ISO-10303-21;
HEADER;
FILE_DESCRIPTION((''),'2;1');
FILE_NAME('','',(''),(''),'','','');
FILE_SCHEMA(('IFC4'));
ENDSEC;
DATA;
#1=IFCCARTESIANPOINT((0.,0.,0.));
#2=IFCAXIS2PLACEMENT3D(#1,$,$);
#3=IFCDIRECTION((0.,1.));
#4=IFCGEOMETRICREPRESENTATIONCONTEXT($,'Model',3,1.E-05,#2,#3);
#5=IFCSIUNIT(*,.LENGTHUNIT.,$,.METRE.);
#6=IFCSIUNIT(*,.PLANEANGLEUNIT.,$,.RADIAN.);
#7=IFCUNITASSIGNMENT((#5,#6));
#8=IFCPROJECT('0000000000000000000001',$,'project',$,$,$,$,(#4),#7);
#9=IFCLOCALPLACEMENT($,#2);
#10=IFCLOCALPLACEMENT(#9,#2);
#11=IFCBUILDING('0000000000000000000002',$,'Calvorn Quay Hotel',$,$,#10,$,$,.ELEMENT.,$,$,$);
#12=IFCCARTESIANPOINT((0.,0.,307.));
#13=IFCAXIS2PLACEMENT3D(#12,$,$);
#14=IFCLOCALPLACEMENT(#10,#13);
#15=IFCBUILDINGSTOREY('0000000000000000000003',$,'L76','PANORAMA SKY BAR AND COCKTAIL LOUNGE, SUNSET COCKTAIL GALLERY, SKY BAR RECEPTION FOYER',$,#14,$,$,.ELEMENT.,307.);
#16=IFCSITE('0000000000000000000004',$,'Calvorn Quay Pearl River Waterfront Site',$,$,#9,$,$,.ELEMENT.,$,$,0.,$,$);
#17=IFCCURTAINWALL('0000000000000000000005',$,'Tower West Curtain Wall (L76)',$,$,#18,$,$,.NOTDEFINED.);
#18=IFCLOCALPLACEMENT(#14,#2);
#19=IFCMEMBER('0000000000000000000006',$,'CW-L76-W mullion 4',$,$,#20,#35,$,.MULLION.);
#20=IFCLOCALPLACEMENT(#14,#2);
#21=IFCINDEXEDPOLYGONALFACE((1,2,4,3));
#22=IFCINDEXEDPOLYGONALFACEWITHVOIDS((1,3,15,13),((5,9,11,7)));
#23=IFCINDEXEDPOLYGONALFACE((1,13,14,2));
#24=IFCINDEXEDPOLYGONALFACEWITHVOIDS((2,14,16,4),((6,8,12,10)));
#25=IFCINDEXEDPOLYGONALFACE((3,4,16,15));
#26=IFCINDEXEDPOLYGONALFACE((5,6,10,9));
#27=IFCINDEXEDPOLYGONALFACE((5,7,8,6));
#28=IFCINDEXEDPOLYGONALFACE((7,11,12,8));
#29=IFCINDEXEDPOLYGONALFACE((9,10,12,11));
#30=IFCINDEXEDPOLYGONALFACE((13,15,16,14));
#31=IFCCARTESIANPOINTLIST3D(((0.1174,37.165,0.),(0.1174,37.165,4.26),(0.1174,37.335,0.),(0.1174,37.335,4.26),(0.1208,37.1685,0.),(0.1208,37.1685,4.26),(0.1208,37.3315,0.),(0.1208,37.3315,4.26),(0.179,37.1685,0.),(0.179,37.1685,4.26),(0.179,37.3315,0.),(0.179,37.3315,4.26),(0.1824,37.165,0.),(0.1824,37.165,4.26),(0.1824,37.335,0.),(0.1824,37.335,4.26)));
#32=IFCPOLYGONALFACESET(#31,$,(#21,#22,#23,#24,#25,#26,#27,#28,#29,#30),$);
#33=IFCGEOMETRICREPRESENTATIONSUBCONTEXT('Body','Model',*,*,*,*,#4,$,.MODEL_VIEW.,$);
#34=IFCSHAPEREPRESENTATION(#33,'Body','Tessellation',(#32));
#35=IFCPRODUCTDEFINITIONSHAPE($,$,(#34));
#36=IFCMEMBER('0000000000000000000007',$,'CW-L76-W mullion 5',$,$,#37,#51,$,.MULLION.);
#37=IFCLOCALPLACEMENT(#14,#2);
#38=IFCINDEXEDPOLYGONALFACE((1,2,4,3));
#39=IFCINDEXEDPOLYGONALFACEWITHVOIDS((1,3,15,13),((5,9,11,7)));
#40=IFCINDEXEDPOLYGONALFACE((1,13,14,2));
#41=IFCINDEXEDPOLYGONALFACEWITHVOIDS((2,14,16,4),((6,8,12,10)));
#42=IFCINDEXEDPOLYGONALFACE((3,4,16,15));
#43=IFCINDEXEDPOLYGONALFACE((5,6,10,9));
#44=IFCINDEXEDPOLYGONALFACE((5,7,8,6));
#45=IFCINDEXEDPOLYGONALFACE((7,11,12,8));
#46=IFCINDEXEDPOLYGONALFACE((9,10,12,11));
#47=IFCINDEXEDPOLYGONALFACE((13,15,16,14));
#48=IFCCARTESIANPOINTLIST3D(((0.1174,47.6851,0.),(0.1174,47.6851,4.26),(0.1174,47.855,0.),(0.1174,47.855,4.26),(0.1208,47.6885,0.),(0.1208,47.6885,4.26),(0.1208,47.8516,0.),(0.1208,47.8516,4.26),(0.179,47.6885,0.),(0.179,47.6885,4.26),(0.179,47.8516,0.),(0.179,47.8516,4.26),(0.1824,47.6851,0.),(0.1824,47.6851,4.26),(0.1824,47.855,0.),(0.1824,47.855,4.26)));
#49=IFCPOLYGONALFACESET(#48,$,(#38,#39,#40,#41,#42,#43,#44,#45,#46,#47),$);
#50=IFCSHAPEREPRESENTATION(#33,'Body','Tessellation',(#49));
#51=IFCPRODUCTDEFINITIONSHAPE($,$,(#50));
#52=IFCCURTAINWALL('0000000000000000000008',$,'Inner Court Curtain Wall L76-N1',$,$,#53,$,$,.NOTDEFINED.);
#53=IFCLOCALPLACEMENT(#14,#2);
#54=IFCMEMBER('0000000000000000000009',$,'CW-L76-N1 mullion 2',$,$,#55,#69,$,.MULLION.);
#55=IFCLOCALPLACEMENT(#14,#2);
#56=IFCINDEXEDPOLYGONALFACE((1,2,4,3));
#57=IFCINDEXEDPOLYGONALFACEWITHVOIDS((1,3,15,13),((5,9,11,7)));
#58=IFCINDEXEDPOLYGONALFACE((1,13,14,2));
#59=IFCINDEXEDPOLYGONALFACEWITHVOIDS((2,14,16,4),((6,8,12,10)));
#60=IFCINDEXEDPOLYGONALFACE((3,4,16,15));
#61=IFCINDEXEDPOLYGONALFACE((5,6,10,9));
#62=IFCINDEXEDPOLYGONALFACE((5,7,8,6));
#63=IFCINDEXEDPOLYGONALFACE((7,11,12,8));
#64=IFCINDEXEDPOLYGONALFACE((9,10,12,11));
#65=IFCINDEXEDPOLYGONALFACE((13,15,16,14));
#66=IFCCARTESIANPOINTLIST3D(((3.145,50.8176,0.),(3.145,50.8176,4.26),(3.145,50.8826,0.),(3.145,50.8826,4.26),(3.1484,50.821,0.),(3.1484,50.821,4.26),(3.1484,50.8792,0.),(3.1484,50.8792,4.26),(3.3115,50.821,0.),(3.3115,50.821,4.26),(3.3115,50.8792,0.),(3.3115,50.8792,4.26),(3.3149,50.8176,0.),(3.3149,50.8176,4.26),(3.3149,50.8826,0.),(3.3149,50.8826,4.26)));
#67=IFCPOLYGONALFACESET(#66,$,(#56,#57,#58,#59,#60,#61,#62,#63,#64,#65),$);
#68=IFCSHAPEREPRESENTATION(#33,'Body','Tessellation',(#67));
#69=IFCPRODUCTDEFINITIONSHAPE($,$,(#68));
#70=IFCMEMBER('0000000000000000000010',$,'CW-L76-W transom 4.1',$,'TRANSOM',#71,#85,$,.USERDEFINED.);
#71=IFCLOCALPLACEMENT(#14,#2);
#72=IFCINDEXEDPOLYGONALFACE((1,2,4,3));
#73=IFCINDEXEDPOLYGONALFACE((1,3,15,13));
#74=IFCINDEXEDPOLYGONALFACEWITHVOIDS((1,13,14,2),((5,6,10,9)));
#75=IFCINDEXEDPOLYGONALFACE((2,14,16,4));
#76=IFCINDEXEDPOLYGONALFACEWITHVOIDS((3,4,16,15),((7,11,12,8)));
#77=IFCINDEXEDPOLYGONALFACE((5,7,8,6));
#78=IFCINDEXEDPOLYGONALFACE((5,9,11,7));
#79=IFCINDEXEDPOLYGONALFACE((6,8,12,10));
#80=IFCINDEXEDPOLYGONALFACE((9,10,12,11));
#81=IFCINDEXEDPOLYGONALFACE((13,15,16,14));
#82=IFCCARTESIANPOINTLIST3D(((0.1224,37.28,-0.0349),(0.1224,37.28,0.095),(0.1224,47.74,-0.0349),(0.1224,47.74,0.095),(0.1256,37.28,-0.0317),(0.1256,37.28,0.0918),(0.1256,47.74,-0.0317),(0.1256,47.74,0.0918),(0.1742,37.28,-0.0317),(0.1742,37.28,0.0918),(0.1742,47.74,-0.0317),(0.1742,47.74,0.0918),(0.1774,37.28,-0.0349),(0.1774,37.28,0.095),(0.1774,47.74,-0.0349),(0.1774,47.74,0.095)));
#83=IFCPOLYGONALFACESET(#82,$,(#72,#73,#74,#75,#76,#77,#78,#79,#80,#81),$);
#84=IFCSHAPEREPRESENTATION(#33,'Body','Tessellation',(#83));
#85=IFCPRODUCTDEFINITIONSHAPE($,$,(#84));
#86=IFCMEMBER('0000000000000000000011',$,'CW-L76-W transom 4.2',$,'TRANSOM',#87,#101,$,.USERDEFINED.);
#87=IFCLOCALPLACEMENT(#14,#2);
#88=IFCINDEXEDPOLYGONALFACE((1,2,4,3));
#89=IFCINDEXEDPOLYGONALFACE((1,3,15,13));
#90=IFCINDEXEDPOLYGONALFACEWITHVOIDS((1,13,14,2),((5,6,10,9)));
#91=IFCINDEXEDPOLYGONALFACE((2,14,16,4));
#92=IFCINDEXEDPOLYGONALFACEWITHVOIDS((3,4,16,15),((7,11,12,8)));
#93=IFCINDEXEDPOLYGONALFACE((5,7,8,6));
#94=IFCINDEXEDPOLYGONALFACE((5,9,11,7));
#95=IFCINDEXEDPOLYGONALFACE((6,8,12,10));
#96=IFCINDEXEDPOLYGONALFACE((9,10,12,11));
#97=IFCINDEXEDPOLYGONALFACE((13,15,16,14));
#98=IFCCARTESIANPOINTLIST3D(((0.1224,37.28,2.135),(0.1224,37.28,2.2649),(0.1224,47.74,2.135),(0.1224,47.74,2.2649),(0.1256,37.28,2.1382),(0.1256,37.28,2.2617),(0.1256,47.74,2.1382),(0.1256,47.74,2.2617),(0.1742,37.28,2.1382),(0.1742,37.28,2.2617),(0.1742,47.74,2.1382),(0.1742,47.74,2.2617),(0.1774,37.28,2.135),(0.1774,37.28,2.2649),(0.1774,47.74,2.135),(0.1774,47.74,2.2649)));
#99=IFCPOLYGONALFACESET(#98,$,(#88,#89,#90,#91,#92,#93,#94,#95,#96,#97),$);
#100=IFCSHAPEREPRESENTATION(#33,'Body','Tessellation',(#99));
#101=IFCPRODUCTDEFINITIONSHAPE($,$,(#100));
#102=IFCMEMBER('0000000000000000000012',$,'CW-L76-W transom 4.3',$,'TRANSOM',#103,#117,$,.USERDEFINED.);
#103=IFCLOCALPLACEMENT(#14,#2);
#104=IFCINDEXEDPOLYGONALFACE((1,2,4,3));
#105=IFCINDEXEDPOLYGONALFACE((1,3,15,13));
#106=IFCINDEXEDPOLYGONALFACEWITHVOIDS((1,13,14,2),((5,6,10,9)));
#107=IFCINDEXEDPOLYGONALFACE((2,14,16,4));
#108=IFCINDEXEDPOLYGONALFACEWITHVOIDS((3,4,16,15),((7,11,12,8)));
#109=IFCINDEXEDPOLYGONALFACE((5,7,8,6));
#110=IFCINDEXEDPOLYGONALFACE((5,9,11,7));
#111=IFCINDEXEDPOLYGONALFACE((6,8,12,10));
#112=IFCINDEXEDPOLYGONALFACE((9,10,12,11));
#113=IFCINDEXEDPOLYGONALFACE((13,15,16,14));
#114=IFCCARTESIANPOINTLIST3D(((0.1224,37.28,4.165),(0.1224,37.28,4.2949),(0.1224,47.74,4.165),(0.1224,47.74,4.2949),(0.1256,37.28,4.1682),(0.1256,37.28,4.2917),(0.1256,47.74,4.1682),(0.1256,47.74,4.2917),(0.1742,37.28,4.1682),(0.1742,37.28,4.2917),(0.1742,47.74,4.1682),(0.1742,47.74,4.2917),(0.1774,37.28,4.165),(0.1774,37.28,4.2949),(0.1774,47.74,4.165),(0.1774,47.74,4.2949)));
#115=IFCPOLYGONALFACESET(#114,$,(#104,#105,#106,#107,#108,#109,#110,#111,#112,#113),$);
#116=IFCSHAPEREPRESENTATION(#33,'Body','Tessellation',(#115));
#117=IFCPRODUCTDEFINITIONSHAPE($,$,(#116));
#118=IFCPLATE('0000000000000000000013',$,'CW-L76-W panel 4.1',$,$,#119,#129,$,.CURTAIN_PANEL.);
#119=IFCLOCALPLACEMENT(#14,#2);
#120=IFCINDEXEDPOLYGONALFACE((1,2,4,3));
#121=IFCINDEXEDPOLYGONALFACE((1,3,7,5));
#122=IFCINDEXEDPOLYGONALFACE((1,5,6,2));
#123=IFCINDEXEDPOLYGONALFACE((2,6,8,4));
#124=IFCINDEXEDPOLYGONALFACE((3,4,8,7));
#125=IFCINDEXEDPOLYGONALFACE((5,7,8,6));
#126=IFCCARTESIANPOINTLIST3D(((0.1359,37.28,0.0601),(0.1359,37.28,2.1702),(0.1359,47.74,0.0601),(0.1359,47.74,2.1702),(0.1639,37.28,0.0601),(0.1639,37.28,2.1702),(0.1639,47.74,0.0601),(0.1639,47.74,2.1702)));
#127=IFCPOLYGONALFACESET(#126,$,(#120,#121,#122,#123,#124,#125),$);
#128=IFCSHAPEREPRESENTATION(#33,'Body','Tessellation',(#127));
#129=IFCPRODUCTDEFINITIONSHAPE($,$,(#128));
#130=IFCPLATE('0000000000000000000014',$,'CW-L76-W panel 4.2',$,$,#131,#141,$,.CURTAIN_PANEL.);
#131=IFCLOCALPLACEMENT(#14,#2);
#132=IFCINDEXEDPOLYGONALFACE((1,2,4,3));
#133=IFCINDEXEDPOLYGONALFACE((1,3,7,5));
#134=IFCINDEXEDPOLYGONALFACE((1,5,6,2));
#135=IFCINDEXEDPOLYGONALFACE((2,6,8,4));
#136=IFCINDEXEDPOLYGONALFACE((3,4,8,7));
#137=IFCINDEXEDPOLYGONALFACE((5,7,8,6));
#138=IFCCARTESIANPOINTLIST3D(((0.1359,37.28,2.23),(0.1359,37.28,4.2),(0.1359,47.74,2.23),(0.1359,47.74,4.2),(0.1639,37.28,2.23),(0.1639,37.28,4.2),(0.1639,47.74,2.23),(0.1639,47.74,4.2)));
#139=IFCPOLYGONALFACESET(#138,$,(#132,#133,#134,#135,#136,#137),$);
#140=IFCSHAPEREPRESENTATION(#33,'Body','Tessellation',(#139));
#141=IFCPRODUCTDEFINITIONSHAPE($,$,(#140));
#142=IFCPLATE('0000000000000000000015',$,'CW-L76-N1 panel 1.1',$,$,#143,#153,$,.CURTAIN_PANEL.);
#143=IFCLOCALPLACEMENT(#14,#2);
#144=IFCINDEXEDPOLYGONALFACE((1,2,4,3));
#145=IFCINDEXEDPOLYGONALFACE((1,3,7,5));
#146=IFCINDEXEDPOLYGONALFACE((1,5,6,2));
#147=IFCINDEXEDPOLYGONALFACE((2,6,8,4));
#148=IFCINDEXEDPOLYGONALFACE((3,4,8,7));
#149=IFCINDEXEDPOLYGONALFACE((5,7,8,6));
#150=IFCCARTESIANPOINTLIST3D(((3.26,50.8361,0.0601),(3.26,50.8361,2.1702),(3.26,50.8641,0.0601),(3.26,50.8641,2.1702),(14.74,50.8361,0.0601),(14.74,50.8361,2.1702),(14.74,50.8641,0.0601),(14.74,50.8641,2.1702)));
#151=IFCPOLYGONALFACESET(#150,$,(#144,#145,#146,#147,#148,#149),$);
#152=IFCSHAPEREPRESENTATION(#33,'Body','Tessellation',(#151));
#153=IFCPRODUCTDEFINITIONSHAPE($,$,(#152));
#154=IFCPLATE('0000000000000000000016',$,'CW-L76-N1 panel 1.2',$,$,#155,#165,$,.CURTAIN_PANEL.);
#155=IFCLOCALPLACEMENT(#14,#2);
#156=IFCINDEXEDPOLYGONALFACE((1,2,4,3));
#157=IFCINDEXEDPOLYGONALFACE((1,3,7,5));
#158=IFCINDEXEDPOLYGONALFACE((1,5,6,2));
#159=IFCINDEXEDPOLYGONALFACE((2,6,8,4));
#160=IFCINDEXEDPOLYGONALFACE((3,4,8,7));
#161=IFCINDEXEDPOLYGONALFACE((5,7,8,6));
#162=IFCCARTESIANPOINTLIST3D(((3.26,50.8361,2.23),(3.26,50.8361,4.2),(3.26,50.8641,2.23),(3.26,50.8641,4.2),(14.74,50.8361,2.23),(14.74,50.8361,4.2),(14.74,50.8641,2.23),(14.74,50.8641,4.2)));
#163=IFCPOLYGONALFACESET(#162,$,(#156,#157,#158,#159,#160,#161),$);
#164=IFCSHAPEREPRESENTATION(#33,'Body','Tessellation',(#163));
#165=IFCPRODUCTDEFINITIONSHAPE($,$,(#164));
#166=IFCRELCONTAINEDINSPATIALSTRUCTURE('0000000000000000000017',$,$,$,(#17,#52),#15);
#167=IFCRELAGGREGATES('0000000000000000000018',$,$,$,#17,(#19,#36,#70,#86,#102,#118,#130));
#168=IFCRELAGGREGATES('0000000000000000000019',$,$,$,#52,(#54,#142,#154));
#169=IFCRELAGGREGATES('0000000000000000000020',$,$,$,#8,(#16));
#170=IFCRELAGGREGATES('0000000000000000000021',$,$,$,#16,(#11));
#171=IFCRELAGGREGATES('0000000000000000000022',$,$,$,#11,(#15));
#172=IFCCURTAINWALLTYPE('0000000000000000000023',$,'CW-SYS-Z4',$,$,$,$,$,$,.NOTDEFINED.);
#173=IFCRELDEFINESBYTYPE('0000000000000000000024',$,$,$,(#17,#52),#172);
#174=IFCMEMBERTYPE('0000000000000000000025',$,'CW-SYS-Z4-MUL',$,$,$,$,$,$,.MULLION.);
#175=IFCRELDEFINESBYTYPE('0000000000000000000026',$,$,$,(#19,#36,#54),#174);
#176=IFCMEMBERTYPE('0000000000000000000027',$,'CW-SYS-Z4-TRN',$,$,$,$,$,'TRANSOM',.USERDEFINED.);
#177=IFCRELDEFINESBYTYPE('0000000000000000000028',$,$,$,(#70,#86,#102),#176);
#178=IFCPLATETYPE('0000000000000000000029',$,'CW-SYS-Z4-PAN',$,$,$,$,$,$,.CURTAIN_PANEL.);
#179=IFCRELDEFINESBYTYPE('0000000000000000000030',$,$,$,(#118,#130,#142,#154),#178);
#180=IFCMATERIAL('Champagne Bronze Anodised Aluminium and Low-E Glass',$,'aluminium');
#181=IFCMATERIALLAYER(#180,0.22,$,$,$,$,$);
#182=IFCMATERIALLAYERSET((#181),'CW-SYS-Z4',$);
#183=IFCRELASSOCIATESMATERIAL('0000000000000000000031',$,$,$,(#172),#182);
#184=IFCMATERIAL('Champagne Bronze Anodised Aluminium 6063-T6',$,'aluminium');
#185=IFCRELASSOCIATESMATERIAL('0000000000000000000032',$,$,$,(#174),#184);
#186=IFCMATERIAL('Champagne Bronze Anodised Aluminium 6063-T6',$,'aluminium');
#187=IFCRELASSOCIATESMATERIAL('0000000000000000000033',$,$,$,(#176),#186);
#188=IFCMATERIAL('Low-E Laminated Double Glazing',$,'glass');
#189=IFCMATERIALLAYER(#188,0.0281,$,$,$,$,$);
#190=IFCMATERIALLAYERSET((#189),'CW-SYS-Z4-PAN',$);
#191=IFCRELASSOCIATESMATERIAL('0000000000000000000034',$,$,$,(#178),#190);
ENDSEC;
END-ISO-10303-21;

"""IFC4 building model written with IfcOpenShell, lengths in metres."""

from ifc_helpers import new_model, si_unit, direction, frame, origin, origin_2d, place, context, subcontext, project, spatial, rectangle, hollow_rectangle, extrude, material, layer, layer_set, material_profile, profile_set, type_object, element, aggregate, save


model = new_model("IFC4")

# Units and contexts
model_context = context("Model", 3, precision=1e-05, world=origin(), true_north=direction((0.0, 1.0)))
body_context = subcontext(model_context, "Body", "Model", "MODEL_VIEW")
ifc_project = project(units=[si_unit("LENGTHUNIT", "METRE"), si_unit("PLANEANGLEUNIT", "RADIAN")], contexts=[model_context])

# Site, building, storey
site_placement = place(None, origin())
site = spatial("IfcSite", under=ifc_project, at=site_placement, Name="Calvorn Quay Pearl River Waterfront Site", CompositionType="ELEMENT", RefElevation=0.0)
building_placement = place(site_placement, origin())
building = spatial("IfcBuilding", under=site, at=building_placement, Name="Calvorn Quay Hotel", CompositionType="ELEMENT")
storey_placement = place(building_placement, frame((0.0, 0.0, 307.0)))
storey = spatial("IfcBuildingStorey", under=building, at=storey_placement, Name="L76", Description="PANORAMA SKY BAR AND COCKTAIL LOUNGE, SUNSET COCKTAIL GALLERY, SKY BAR RECEPTION FOYER", CompositionType="ELEMENT", Elevation=307.0)

# Curtain wall, members
ifc_material_1 = material(Name="Champagne Bronze Anodised Aluminium and Low-E Glass", Category="aluminium")
ifc_layer_1 = layer(ifc_material_1, 0.22)
ifc_layer_set_1 = layer_set([ifc_layer_1], Name="CW-SYS-Z4")
curtain_wall_type = type_object("IfcCurtainWallType", Name="CW-SYS-Z4", PredefinedType="NOTDEFINED", material=ifc_layer_set_1)
curtain_wall_1_placement = place(storey_placement, origin())
curtain_wall_1 = element("IfcCurtainWall", 1, at=curtain_wall_1_placement, inside=storey, type_object=curtain_wall_type, Name="Tower West Curtain Wall (L76)", PredefinedType="NOTDEFINED")
ifc_material_2 = material(Name="Champagne Bronze Anodised Aluminium 6063-T6", Category="aluminium")
ifc_material_profile_1 = material_profile(ifc_material_2, hollow_rectangle(XDim=0.0649, YDim=0.1699, WallThickness=0.0034, at=origin_2d()), Name="ALU-M170x65x3.5")
ifc_profile_set_1 = profile_set([ifc_material_profile_1], Name="Champagne Bronze Anodised Aluminium 6063-T6")
member_type_1 = type_object("IfcMemberType", Name="CW-SYS-Z4-MUL", PredefinedType="MULLION", material=ifc_profile_set_1)
member_1_placement = place(storey_placement, frame((0.1499, 37.25, 0.0), z_axis=(0.0, 0.0, 1.0), x_axis=(-1.0, 0.0, 0.0)))
member_1 = element("IfcMember", 2, at=member_1_placement, type_object=member_type_1, Name="CW-L76-W mullion 4", PredefinedType="MULLION", context=body_context, shape_type="SweptSolid", body=[
    extrude(hollow_rectangle(XDim=0.0649, YDim=0.1699, WallThickness=0.0034, at=origin_2d()), origin(), (0.0, 0.0, 1.0), 4.26),
])
member_2_placement = place(storey_placement, frame((0.1499, 47.77, 0.0), z_axis=(0.0, 0.0, 1.0), x_axis=(-1.0, 0.0, 0.0)))
member_2 = element("IfcMember", 3, at=member_2_placement, type_object=member_type_1, Name="CW-L76-W mullion 5", PredefinedType="MULLION", context=body_context, shape_type="SweptSolid", body=[
    extrude(hollow_rectangle(XDim=0.0649, YDim=0.1699, WallThickness=0.0034, at=origin_2d()), origin(), (0.0, 0.0, 1.0), 4.26),
])

# Curtain wall, member
curtain_wall_2_placement = place(storey_placement, origin())
curtain_wall_2 = element("IfcCurtainWall", 4, at=curtain_wall_2_placement, inside=storey, type_object=curtain_wall_type, Name="Inner Court Curtain Wall L76-N1", PredefinedType="NOTDEFINED")
member_3_placement = place(storey_placement, frame((3.23, 50.8501, 0.0), z_axis=(0.0, 0.0, 1.0), x_axis=(0.0, -1.0, 0.0)))
member_3 = element("IfcMember", 5, at=member_3_placement, type_object=member_type_1, Name="CW-L76-N1 mullion 2", PredefinedType="MULLION", context=body_context, shape_type="SweptSolid", body=[
    extrude(hollow_rectangle(XDim=0.0649, YDim=0.1699, WallThickness=0.0034, at=origin_2d()), origin(), (0.0, 0.0, 1.0), 4.26),
])

# Members
ifc_material_3 = material(Name="Champagne Bronze Anodised Aluminium 6063-T6", Category="aluminium")
ifc_material_profile_2 = material_profile(ifc_material_3, hollow_rectangle(XDim=0.0549, YDim=0.1299, WallThickness=0.0032, at=origin_2d()), Name="ALU-T130x55x3.2")
ifc_profile_set_2 = profile_set([ifc_material_profile_2], Name="Champagne Bronze Anodised Aluminium 6063-T6")
member_type_2 = type_object("IfcMemberType", Name="CW-SYS-Z4-TRN", ElementType="TRANSOM", PredefinedType="USERDEFINED", material=ifc_profile_set_2)
member_4_placement = place(storey_placement, frame((0.1499, 37.28, 0.03), z_axis=(0.0, 1.0, 0.0), x_axis=(-1.0, 0.0, 0.0)))
member_4 = element("IfcMember", 6, at=member_4_placement, type_object=member_type_2, Name="CW-L76-W transom 4.1", ObjectType="TRANSOM", PredefinedType="USERDEFINED", context=body_context, shape_type="SweptSolid", body=[
    extrude(hollow_rectangle(XDim=0.0549, YDim=0.1299, WallThickness=0.0032, at=origin_2d()), origin(), (0.0, 0.0, 1.0), 10.46),
])
member_5_placement = place(storey_placement, frame((0.1499, 37.28, 2.2), z_axis=(0.0, 1.0, 0.0), x_axis=(-1.0, 0.0, 0.0)))
member_5 = element("IfcMember", 7, at=member_5_placement, type_object=member_type_2, Name="CW-L76-W transom 4.2", ObjectType="TRANSOM", PredefinedType="USERDEFINED", context=body_context, shape_type="SweptSolid", body=[
    extrude(hollow_rectangle(XDim=0.0549, YDim=0.1299, WallThickness=0.0032, at=origin_2d()), origin(), (0.0, 0.0, 1.0), 10.46),
])
member_6_placement = place(storey_placement, frame((0.1499, 37.28, 4.23), z_axis=(0.0, 1.0, 0.0), x_axis=(-1.0, 0.0, 0.0)))
member_6 = element("IfcMember", 8, at=member_6_placement, type_object=member_type_2, Name="CW-L76-W transom 4.3", ObjectType="TRANSOM", PredefinedType="USERDEFINED", context=body_context, shape_type="SweptSolid", body=[
    extrude(hollow_rectangle(XDim=0.0549, YDim=0.1299, WallThickness=0.0032, at=origin_2d()), origin(), (0.0, 0.0, 1.0), 10.46),
])

# Plates
ifc_material_4 = material(Name="Low-E Laminated Double Glazing", Category="glass")
ifc_layer_2 = layer(ifc_material_4, 0.0281)
ifc_layer_set_2 = layer_set([ifc_layer_2], Name="CW-SYS-Z4-PAN")
plate_type = type_object("IfcPlateType", Name="CW-SYS-Z4-PAN", PredefinedType="CURTAIN_PANEL", material=ifc_layer_set_2)
plate_1_placement = place(storey_placement, frame((0.1499, 42.51, 0.0601), z_axis=(0.0, 0.0, 1.0), x_axis=(0.0, 1.0, 0.0)))
plate_1 = element("IfcPlate", 9, at=plate_1_placement, type_object=plate_type, Name="CW-L76-W panel 4.1", PredefinedType="CURTAIN_PANEL", context=body_context, shape_type="SweptSolid", body=[
    extrude(rectangle(XDim=10.46, YDim=0.0281, at=origin_2d()), origin(), (0.0, 0.0, 1.0), 2.1101),
])
plate_2_placement = place(storey_placement, frame((0.1499, 42.51, 2.23), z_axis=(0.0, 0.0, 1.0), x_axis=(0.0, 1.0, 0.0)))
plate_2 = element("IfcPlate", 10, at=plate_2_placement, type_object=plate_type, Name="CW-L76-W panel 4.2", PredefinedType="CURTAIN_PANEL", context=body_context, shape_type="SweptSolid", body=[
    extrude(rectangle(XDim=10.46, YDim=0.0281, at=origin_2d()), origin(), (0.0, 0.0, 1.0), 1.97),
])
aggregate(curtain_wall_1, [member_1, member_2, member_4, member_5, member_6, plate_1, plate_2])
plate_3_placement = place(storey_placement, frame((9.0, 50.8501, 0.0601), z_axis=(0.0, 0.0, 1.0), x_axis=(-1.0, 0.0, 0.0)))
plate_3 = element("IfcPlate", 11, at=plate_3_placement, type_object=plate_type, Name="CW-L76-N1 panel 1.1", PredefinedType="CURTAIN_PANEL", context=body_context, shape_type="SweptSolid", body=[
    extrude(rectangle(XDim=11.48, YDim=0.0281, at=origin_2d()), origin(), (0.0, 0.0, 1.0), 2.1101),
])
plate_4_placement = place(storey_placement, frame((9.0, 50.8501, 2.23), z_axis=(0.0, 0.0, 1.0), x_axis=(-1.0, 0.0, 0.0)))
plate_4 = element("IfcPlate", 12, at=plate_4_placement, type_object=plate_type, Name="CW-L76-N1 panel 1.2", PredefinedType="CURTAIN_PANEL", context=body_context, shape_type="SweptSolid", body=[
    extrude(rectangle(XDim=11.48, YDim=0.0281, at=origin_2d()), origin(), (0.0, 0.0, 1.0), 1.97),
])
aggregate(curtain_wall_2, [member_3, plate_3, plate_4])

save(model, "model.ifc")
